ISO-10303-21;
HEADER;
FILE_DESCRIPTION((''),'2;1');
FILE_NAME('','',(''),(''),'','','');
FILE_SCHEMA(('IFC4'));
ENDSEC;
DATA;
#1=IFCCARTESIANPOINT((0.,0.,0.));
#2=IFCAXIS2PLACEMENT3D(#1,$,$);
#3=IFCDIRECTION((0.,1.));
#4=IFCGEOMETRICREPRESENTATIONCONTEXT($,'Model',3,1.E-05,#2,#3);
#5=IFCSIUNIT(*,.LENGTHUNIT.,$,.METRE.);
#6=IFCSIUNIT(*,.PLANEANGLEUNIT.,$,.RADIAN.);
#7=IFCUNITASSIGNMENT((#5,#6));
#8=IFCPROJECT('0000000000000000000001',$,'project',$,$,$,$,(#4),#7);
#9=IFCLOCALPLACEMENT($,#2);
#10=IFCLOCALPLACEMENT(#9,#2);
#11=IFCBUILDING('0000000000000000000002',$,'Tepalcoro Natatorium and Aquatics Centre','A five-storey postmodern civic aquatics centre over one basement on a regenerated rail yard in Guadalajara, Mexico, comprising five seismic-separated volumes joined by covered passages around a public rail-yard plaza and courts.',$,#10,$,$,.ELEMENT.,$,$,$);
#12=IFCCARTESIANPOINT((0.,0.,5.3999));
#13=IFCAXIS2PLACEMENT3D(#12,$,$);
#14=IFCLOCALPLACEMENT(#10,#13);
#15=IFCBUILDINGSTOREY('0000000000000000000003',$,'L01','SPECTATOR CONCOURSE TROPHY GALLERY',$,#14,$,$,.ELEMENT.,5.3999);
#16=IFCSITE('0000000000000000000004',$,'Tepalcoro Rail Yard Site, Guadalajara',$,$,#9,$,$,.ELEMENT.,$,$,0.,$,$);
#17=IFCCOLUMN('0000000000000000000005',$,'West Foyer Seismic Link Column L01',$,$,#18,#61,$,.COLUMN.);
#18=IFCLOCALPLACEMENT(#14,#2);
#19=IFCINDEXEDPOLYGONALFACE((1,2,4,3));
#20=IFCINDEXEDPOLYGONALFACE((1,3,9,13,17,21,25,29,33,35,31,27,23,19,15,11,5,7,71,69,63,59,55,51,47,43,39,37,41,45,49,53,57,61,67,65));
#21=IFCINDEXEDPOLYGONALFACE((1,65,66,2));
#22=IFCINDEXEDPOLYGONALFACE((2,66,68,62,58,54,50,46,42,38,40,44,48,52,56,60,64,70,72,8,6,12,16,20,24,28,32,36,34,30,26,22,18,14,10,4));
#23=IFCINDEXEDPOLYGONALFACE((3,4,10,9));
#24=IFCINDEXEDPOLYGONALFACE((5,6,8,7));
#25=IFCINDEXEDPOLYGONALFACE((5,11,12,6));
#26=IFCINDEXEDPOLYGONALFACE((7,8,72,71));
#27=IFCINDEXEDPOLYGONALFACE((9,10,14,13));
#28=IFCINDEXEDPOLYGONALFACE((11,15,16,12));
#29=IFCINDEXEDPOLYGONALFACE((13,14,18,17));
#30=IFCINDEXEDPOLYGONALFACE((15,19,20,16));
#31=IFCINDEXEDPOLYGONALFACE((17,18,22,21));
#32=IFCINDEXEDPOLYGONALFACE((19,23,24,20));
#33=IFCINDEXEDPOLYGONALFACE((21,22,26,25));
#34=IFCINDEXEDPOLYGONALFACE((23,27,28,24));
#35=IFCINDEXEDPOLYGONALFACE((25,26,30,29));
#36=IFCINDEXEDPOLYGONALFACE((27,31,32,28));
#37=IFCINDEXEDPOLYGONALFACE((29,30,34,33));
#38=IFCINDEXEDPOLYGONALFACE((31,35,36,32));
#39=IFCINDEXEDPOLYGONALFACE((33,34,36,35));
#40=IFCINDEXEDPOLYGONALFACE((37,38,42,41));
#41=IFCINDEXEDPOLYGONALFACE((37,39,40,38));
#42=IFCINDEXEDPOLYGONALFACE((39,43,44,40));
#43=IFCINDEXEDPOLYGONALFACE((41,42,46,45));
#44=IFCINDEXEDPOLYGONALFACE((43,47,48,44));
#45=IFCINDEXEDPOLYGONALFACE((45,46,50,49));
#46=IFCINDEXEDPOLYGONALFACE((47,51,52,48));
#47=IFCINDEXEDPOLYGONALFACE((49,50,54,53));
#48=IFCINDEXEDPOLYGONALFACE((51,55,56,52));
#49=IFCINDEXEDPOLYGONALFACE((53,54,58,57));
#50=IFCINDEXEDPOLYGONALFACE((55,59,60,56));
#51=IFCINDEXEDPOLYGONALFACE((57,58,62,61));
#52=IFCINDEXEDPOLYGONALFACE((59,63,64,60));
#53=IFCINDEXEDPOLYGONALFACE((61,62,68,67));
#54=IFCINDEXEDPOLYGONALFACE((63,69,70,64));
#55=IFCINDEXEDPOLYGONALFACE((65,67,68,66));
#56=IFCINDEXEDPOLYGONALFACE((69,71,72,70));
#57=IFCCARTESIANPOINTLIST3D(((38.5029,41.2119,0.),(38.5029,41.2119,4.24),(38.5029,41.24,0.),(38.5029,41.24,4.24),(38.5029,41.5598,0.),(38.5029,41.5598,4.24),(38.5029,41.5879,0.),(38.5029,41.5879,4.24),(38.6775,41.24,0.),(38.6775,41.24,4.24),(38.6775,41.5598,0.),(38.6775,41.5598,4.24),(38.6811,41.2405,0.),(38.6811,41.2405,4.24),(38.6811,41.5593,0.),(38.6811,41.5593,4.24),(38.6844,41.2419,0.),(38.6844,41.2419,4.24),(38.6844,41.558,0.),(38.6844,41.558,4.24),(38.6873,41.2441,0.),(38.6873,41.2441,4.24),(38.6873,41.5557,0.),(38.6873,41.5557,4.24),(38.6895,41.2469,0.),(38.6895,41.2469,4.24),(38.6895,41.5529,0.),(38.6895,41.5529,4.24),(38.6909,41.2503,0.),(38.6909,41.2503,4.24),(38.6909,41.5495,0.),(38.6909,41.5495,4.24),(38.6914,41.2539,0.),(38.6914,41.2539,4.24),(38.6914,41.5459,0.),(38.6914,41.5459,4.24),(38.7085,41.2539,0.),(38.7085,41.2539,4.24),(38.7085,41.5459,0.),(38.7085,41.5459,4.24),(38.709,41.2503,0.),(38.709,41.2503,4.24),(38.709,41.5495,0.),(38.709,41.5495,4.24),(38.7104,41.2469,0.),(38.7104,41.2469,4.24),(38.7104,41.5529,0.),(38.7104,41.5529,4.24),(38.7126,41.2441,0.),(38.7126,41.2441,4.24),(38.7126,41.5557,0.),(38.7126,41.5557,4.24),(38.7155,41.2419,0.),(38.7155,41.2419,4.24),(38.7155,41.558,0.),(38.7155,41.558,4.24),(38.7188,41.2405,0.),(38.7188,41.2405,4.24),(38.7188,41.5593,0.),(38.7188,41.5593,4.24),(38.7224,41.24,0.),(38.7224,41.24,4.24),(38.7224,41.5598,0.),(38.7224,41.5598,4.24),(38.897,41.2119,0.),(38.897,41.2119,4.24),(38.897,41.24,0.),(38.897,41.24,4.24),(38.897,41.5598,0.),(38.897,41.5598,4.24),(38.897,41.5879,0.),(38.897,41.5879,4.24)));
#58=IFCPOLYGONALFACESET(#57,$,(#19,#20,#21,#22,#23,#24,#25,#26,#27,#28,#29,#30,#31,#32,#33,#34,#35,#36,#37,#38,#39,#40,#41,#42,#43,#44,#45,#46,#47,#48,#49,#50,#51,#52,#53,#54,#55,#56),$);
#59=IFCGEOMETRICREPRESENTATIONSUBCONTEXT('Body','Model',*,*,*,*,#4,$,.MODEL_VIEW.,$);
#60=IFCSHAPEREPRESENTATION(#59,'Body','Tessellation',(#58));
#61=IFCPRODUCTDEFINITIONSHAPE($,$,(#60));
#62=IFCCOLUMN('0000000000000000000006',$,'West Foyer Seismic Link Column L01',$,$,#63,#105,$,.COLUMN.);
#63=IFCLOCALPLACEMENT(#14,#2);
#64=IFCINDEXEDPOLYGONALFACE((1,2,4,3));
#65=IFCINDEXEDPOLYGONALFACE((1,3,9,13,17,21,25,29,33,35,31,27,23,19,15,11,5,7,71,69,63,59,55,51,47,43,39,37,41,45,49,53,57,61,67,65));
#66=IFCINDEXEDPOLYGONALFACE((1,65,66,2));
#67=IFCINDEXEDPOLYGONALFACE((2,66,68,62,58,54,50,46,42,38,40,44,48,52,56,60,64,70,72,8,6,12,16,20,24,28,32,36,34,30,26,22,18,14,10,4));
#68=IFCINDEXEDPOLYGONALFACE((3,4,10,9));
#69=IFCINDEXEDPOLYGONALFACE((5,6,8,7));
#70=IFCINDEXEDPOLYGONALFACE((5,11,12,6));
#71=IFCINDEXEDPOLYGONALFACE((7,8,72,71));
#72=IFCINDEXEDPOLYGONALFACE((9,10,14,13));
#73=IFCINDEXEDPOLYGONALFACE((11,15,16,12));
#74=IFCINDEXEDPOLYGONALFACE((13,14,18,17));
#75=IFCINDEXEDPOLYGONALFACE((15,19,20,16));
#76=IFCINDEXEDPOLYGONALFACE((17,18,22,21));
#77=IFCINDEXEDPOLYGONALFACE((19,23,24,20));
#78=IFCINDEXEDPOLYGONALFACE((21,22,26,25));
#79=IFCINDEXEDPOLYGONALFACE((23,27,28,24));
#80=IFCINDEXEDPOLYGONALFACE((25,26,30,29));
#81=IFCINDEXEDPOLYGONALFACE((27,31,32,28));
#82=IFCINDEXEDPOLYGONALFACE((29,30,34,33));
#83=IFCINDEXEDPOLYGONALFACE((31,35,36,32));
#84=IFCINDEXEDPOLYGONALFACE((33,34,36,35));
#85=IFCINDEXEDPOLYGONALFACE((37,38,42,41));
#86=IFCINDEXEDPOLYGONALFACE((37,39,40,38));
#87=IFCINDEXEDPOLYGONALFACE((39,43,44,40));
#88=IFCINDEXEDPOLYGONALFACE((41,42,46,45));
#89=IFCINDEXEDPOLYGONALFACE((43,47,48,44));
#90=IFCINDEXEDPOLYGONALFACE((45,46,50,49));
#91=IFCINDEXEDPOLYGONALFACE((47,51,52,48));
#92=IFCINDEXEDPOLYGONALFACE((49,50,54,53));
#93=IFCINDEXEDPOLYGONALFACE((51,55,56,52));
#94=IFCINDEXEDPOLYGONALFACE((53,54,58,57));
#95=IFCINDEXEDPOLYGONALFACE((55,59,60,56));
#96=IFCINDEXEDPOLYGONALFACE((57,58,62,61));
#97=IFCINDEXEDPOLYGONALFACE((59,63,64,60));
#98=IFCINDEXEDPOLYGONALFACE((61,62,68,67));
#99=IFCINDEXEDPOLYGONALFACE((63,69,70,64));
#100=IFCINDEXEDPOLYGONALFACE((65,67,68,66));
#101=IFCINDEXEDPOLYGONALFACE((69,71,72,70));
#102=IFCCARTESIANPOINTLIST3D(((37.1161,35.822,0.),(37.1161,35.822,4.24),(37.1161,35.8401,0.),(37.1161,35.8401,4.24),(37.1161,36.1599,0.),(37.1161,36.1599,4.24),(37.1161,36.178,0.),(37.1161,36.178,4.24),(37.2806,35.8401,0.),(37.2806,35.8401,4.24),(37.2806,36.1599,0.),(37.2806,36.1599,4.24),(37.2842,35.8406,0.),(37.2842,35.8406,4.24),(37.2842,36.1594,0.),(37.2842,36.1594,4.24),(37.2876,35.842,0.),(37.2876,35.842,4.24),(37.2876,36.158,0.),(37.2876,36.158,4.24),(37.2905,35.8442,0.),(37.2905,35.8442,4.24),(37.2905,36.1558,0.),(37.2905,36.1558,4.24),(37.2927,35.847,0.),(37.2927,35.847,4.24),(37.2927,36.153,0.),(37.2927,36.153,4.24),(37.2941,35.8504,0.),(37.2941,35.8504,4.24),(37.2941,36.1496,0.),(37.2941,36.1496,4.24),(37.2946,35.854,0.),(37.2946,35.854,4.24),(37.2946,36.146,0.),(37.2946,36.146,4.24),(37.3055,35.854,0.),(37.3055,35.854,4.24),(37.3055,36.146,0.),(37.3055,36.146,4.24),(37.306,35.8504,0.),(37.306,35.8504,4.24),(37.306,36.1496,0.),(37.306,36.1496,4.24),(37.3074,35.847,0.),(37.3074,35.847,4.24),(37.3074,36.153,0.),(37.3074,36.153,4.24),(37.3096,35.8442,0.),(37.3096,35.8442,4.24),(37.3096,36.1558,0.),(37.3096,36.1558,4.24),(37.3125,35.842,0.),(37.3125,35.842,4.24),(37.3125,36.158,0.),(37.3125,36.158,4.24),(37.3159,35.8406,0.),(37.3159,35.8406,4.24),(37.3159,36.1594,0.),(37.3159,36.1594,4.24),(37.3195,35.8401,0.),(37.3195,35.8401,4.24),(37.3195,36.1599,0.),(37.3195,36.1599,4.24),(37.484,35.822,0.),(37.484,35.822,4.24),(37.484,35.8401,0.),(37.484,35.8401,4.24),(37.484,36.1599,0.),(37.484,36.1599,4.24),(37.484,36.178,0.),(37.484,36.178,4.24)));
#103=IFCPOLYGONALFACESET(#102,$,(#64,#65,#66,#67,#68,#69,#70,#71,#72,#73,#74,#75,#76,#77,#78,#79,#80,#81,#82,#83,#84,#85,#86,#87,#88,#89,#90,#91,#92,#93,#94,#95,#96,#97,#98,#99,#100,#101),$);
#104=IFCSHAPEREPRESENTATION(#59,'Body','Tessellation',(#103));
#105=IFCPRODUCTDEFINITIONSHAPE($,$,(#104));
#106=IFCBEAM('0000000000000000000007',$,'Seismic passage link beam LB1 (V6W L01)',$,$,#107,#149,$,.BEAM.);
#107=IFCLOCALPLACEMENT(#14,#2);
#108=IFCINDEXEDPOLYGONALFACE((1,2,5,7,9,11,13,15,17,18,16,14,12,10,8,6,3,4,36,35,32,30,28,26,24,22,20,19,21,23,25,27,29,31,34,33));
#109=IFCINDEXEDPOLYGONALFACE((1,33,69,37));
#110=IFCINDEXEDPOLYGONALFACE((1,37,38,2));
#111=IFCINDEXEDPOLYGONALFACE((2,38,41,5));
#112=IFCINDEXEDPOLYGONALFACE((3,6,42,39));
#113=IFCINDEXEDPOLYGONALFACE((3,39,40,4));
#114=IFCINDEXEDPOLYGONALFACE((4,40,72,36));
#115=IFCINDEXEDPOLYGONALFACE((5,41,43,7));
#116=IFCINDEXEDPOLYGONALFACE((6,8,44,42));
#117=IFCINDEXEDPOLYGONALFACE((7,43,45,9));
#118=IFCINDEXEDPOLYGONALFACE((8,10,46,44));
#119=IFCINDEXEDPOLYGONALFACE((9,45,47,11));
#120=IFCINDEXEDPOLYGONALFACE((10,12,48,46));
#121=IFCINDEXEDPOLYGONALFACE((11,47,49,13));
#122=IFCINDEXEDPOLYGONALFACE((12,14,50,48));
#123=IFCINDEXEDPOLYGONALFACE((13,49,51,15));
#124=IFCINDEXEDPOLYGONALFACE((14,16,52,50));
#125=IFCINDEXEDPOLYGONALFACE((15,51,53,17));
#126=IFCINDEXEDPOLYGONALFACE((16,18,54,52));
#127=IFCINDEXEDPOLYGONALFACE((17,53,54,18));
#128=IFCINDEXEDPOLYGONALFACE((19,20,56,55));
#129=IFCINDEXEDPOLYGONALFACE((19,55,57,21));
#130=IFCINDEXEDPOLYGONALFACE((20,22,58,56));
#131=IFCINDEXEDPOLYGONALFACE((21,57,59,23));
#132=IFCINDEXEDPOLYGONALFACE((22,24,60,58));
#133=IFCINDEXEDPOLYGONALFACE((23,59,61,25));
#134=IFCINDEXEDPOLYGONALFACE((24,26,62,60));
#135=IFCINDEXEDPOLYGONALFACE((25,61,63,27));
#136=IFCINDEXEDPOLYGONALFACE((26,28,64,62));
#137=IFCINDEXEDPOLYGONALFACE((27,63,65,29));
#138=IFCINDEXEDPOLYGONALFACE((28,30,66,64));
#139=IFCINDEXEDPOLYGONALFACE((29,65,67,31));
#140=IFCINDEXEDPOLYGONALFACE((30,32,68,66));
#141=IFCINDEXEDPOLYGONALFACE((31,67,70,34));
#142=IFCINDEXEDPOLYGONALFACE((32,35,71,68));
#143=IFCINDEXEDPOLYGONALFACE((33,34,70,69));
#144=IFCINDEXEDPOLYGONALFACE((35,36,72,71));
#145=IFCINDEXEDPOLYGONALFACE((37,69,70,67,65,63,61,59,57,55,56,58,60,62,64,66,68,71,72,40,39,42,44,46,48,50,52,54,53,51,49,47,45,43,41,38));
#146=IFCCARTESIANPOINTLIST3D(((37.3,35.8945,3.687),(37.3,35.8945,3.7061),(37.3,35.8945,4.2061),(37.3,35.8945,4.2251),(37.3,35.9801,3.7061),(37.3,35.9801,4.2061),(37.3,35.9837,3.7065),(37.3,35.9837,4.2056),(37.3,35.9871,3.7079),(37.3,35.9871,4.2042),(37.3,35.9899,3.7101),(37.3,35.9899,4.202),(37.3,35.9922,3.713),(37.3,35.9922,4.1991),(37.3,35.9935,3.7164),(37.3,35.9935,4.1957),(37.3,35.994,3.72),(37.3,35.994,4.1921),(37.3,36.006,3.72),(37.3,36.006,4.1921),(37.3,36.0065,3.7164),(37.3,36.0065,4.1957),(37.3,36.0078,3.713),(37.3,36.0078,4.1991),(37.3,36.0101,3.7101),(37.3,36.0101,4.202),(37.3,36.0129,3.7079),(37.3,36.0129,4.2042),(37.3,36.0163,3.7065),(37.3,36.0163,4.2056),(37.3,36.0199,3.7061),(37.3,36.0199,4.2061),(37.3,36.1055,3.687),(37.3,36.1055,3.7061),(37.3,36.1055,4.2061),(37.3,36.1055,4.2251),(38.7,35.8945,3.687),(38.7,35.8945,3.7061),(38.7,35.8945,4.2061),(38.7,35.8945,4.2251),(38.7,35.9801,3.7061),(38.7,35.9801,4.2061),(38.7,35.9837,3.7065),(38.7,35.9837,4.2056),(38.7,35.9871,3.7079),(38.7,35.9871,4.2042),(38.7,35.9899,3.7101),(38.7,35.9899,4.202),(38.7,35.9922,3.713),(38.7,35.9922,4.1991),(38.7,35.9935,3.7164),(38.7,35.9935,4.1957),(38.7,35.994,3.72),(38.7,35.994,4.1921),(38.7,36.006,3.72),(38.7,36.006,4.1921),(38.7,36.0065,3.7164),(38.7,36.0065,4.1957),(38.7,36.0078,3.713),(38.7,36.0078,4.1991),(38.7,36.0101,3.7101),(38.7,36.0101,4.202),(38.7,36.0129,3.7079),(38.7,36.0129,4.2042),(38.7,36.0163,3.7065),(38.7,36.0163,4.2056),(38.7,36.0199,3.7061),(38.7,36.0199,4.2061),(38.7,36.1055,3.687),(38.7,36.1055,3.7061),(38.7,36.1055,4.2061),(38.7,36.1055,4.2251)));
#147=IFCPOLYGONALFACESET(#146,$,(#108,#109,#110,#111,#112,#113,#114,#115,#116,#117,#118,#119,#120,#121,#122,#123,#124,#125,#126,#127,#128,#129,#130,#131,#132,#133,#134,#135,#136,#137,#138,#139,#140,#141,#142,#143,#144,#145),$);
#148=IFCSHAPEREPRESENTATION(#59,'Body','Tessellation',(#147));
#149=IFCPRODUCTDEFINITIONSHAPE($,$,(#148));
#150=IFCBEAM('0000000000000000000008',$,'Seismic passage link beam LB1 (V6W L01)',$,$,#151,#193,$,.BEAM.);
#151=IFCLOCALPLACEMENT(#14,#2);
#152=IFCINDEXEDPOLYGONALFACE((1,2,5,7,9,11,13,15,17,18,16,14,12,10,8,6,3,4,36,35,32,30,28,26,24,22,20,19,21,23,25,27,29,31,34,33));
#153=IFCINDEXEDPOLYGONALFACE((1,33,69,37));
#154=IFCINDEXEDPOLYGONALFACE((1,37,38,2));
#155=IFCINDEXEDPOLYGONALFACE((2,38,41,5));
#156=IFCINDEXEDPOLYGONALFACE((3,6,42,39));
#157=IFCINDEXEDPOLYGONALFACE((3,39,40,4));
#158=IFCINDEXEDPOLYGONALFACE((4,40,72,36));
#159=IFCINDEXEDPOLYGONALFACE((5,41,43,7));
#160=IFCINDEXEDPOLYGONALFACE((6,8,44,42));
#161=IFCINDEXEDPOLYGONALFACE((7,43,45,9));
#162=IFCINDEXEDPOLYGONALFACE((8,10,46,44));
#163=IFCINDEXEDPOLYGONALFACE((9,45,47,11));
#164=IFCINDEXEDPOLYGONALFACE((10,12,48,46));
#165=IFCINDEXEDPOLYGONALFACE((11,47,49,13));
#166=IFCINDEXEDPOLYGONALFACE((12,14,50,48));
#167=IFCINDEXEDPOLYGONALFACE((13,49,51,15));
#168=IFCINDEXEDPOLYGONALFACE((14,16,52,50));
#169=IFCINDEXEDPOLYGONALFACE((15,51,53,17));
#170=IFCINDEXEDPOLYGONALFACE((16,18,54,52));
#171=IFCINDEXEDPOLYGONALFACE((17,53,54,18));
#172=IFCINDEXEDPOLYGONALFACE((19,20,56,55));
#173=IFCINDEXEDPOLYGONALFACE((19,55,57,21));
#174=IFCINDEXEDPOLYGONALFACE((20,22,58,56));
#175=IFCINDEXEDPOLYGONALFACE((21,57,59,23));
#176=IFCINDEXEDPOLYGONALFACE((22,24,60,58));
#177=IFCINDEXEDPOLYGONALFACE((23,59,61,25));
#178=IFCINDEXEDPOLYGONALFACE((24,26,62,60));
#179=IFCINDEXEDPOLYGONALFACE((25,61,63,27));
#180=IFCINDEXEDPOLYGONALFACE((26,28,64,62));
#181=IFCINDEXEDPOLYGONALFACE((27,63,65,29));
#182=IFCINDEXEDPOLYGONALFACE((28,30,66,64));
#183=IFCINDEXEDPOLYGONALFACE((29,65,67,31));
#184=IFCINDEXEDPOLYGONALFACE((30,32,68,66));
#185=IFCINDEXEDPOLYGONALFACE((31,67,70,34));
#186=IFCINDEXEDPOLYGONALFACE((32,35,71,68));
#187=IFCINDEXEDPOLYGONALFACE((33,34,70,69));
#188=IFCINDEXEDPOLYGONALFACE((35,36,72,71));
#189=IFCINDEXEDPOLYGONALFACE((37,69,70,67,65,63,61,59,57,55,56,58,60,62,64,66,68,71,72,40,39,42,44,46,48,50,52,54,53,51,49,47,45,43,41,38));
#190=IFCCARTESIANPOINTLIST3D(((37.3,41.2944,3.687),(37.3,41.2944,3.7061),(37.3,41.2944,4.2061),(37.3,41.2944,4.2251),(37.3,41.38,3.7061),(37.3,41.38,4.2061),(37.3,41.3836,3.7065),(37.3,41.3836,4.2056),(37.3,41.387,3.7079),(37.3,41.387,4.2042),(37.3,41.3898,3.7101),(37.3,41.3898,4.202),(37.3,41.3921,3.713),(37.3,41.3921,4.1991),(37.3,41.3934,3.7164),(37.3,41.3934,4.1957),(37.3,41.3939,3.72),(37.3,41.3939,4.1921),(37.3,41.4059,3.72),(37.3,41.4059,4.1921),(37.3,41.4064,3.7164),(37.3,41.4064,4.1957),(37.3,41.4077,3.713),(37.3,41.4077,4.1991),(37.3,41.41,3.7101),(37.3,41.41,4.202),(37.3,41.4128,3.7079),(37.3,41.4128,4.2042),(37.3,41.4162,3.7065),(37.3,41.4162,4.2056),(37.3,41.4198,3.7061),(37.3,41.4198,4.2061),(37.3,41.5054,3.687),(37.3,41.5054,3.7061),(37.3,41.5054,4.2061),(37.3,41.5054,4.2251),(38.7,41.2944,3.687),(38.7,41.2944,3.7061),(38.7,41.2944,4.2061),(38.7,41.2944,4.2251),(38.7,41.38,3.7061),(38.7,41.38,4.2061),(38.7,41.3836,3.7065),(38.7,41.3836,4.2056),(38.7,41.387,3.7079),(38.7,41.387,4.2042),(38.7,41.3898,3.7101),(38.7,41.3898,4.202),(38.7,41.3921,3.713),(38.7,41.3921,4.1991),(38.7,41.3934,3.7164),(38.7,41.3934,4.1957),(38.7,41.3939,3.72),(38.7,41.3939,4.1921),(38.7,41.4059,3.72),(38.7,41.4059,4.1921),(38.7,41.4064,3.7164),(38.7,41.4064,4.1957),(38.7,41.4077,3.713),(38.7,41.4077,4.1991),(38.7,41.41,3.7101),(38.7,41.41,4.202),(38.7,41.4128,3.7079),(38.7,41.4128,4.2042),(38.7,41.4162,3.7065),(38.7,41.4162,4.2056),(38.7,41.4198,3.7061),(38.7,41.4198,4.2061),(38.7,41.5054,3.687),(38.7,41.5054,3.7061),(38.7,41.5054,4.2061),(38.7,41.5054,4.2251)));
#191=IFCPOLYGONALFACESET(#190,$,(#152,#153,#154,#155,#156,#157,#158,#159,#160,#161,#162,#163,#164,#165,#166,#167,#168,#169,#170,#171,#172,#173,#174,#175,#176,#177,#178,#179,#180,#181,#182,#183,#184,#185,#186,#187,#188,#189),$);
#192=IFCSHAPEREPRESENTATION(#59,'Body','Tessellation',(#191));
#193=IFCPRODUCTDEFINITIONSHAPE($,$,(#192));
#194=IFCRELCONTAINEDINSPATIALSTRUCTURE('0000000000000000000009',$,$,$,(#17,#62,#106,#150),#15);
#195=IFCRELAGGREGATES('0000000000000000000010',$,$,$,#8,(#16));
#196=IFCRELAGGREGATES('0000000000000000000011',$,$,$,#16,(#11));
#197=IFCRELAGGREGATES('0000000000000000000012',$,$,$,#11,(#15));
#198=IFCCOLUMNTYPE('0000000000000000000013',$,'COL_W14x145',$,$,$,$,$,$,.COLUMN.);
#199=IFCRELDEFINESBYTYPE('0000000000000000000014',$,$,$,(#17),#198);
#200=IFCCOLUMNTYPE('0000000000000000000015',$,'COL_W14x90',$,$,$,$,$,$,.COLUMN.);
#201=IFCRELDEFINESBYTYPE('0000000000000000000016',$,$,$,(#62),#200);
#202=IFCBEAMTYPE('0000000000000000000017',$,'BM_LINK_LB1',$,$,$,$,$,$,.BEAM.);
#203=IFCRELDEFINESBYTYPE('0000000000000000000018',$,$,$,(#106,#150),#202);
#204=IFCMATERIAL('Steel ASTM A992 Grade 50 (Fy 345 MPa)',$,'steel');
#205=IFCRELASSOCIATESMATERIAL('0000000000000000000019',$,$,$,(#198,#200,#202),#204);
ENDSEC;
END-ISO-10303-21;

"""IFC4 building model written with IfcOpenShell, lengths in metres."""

from ifc_helpers import new_model, si_unit, direction, frame, origin, origin_2d, place, context, subcontext, project, spatial, i_section, extrude, material, material_profile, profile_set, type_object, element, save


model = new_model("IFC4")

# Units and contexts
model_context = context("Model", 3, precision=1e-05, world=origin(), true_north=direction((0.0, 1.0)))
body_context = subcontext(model_context, "Body", "Model", "MODEL_VIEW")
ifc_project = project(units=[si_unit("LENGTHUNIT", "METRE"), si_unit("PLANEANGLEUNIT", "RADIAN")], contexts=[model_context])

# Site, building, storey
site_placement = place(None, origin())
site = spatial("IfcSite", under=ifc_project, at=site_placement, Name="Tepalcoro Rail Yard Site, Guadalajara", CompositionType="ELEMENT", RefElevation=0.0)
building_placement = place(site_placement, origin())
building = spatial("IfcBuilding", under=site, at=building_placement, Name="Tepalcoro Natatorium and Aquatics Centre", Description="A five-storey postmodern civic aquatics centre over one basement on a regenerated rail yard in Guadalajara, Mexico, comprising five seismic-separated volumes joined by covered passages around a public rail-yard plaza and courts.", CompositionType="ELEMENT")
storey_placement = place(building_placement, frame((0.0, 0.0, 5.3999)))
storey = spatial("IfcBuildingStorey", under=building, at=storey_placement, Name="L01", Description="SPECTATOR CONCOURSE TROPHY GALLERY", CompositionType="ELEMENT", Elevation=5.3999)

# Columns
ifc_material_1 = material(Name="Steel ASTM A992 Grade 50 (Fy 345 MPa)", Category="steel")
ifc_material_profile_1 = material_profile(ifc_material_1, i_section(OverallWidth=0.394, OverallDepth=0.376, WebThickness=0.0171, FlangeThickness=0.0281, FilletRadius=0.0139, at=origin_2d()), Name="W14X145")
ifc_profile_set_1 = profile_set([ifc_material_profile_1], Name="Steel ASTM A992 Grade 50 (Fy 345 MPa)")
column_type_1 = type_object("IfcColumnType", Name="COL_W14x145", PredefinedType="COLUMN", material=ifc_profile_set_1)
column_1_placement = place(storey_placement, frame((38.7, 41.3999, 0.0), z_axis=(0.0, 0.0, 1.0), x_axis=(1.0, 0.0, 0.0)))
element("IfcColumn", 1, at=column_1_placement, inside=storey, type_object=column_type_1, Name="West Foyer Seismic Link Column L01", PredefinedType="COLUMN", context=body_context, shape_type="SweptSolid", body=[
    extrude(i_section(OverallWidth=0.394, OverallDepth=0.376, WebThickness=0.0171, FlangeThickness=0.0281, FilletRadius=0.0139, at=origin_2d()), origin(), (0.0, 0.0, 1.0), 4.24),
])
ifc_material_profile_2 = material_profile(ifc_material_1, i_section(OverallWidth=0.3679, OverallDepth=0.356, WebThickness=0.011, FlangeThickness=0.0181, FilletRadius=0.0139, at=origin_2d()), Name="W14X90")
ifc_profile_set_2 = profile_set([ifc_material_profile_2], Name="Steel ASTM A992 Grade 50 (Fy 345 MPa)")
column_type_2 = type_object("IfcColumnType", Name="COL_W14x90", PredefinedType="COLUMN", material=ifc_profile_set_2)
column_2_placement = place(storey_placement, frame((37.3, 36.0, 0.0), z_axis=(0.0, 0.0, 1.0), x_axis=(1.0, 0.0, 0.0)))
element("IfcColumn", 2, at=column_2_placement, inside=storey, type_object=column_type_2, Name="West Foyer Seismic Link Column L01", PredefinedType="COLUMN", context=body_context, shape_type="SweptSolid", body=[
    extrude(i_section(OverallWidth=0.3679, OverallDepth=0.356, WebThickness=0.011, FlangeThickness=0.0181, FilletRadius=0.0139, at=origin_2d()), origin(), (0.0, 0.0, 1.0), 4.24),
])

# Beams
ifc_material_profile_3 = material_profile(ifc_material_1, i_section(OverallWidth=0.2109, OverallDepth=0.5381, WebThickness=0.012, FlangeThickness=0.019, FilletRadius=0.0139, at=origin_2d()), Name="W21X73")
ifc_profile_set_3 = profile_set([ifc_material_profile_3], Name="Steel ASTM A992 Grade 50 (Fy 345 MPa)")
beam_type_1 = type_object("IfcBeamType", Name="BM_LINK_LB1", PredefinedType="BEAM", material=ifc_profile_set_3)
for number, where, z_axis, x_axis, name in (
    (3, (37.3, 36.0, 3.9561), (1.0, 0.0, 0.0), (0.0, 1.0, 0.0), "Seismic passage link beam LB1 (V6W L01)"),
    (4, (37.3, 41.3999, 3.9561), (1.0, 0.0, 0.0), (0.0, 1.0, 0.0), "Seismic passage link beam LB1 (V6W L01)"),
):
    element("IfcBeam", number, at=place(storey_placement, frame(where, z_axis=z_axis, x_axis=x_axis)), inside=storey, type_object=beam_type_1, Name=name, PredefinedType="BEAM", context=body_context, shape_type="SweptSolid", body=[
        extrude(i_section(OverallWidth=0.2109, OverallDepth=0.5381, WebThickness=0.012, FlangeThickness=0.019, FilletRadius=0.0139, at=origin_2d()), origin(), (0.0, 0.0, 1.0), 1.3999),
    ])

save(model, "model.ifc")
